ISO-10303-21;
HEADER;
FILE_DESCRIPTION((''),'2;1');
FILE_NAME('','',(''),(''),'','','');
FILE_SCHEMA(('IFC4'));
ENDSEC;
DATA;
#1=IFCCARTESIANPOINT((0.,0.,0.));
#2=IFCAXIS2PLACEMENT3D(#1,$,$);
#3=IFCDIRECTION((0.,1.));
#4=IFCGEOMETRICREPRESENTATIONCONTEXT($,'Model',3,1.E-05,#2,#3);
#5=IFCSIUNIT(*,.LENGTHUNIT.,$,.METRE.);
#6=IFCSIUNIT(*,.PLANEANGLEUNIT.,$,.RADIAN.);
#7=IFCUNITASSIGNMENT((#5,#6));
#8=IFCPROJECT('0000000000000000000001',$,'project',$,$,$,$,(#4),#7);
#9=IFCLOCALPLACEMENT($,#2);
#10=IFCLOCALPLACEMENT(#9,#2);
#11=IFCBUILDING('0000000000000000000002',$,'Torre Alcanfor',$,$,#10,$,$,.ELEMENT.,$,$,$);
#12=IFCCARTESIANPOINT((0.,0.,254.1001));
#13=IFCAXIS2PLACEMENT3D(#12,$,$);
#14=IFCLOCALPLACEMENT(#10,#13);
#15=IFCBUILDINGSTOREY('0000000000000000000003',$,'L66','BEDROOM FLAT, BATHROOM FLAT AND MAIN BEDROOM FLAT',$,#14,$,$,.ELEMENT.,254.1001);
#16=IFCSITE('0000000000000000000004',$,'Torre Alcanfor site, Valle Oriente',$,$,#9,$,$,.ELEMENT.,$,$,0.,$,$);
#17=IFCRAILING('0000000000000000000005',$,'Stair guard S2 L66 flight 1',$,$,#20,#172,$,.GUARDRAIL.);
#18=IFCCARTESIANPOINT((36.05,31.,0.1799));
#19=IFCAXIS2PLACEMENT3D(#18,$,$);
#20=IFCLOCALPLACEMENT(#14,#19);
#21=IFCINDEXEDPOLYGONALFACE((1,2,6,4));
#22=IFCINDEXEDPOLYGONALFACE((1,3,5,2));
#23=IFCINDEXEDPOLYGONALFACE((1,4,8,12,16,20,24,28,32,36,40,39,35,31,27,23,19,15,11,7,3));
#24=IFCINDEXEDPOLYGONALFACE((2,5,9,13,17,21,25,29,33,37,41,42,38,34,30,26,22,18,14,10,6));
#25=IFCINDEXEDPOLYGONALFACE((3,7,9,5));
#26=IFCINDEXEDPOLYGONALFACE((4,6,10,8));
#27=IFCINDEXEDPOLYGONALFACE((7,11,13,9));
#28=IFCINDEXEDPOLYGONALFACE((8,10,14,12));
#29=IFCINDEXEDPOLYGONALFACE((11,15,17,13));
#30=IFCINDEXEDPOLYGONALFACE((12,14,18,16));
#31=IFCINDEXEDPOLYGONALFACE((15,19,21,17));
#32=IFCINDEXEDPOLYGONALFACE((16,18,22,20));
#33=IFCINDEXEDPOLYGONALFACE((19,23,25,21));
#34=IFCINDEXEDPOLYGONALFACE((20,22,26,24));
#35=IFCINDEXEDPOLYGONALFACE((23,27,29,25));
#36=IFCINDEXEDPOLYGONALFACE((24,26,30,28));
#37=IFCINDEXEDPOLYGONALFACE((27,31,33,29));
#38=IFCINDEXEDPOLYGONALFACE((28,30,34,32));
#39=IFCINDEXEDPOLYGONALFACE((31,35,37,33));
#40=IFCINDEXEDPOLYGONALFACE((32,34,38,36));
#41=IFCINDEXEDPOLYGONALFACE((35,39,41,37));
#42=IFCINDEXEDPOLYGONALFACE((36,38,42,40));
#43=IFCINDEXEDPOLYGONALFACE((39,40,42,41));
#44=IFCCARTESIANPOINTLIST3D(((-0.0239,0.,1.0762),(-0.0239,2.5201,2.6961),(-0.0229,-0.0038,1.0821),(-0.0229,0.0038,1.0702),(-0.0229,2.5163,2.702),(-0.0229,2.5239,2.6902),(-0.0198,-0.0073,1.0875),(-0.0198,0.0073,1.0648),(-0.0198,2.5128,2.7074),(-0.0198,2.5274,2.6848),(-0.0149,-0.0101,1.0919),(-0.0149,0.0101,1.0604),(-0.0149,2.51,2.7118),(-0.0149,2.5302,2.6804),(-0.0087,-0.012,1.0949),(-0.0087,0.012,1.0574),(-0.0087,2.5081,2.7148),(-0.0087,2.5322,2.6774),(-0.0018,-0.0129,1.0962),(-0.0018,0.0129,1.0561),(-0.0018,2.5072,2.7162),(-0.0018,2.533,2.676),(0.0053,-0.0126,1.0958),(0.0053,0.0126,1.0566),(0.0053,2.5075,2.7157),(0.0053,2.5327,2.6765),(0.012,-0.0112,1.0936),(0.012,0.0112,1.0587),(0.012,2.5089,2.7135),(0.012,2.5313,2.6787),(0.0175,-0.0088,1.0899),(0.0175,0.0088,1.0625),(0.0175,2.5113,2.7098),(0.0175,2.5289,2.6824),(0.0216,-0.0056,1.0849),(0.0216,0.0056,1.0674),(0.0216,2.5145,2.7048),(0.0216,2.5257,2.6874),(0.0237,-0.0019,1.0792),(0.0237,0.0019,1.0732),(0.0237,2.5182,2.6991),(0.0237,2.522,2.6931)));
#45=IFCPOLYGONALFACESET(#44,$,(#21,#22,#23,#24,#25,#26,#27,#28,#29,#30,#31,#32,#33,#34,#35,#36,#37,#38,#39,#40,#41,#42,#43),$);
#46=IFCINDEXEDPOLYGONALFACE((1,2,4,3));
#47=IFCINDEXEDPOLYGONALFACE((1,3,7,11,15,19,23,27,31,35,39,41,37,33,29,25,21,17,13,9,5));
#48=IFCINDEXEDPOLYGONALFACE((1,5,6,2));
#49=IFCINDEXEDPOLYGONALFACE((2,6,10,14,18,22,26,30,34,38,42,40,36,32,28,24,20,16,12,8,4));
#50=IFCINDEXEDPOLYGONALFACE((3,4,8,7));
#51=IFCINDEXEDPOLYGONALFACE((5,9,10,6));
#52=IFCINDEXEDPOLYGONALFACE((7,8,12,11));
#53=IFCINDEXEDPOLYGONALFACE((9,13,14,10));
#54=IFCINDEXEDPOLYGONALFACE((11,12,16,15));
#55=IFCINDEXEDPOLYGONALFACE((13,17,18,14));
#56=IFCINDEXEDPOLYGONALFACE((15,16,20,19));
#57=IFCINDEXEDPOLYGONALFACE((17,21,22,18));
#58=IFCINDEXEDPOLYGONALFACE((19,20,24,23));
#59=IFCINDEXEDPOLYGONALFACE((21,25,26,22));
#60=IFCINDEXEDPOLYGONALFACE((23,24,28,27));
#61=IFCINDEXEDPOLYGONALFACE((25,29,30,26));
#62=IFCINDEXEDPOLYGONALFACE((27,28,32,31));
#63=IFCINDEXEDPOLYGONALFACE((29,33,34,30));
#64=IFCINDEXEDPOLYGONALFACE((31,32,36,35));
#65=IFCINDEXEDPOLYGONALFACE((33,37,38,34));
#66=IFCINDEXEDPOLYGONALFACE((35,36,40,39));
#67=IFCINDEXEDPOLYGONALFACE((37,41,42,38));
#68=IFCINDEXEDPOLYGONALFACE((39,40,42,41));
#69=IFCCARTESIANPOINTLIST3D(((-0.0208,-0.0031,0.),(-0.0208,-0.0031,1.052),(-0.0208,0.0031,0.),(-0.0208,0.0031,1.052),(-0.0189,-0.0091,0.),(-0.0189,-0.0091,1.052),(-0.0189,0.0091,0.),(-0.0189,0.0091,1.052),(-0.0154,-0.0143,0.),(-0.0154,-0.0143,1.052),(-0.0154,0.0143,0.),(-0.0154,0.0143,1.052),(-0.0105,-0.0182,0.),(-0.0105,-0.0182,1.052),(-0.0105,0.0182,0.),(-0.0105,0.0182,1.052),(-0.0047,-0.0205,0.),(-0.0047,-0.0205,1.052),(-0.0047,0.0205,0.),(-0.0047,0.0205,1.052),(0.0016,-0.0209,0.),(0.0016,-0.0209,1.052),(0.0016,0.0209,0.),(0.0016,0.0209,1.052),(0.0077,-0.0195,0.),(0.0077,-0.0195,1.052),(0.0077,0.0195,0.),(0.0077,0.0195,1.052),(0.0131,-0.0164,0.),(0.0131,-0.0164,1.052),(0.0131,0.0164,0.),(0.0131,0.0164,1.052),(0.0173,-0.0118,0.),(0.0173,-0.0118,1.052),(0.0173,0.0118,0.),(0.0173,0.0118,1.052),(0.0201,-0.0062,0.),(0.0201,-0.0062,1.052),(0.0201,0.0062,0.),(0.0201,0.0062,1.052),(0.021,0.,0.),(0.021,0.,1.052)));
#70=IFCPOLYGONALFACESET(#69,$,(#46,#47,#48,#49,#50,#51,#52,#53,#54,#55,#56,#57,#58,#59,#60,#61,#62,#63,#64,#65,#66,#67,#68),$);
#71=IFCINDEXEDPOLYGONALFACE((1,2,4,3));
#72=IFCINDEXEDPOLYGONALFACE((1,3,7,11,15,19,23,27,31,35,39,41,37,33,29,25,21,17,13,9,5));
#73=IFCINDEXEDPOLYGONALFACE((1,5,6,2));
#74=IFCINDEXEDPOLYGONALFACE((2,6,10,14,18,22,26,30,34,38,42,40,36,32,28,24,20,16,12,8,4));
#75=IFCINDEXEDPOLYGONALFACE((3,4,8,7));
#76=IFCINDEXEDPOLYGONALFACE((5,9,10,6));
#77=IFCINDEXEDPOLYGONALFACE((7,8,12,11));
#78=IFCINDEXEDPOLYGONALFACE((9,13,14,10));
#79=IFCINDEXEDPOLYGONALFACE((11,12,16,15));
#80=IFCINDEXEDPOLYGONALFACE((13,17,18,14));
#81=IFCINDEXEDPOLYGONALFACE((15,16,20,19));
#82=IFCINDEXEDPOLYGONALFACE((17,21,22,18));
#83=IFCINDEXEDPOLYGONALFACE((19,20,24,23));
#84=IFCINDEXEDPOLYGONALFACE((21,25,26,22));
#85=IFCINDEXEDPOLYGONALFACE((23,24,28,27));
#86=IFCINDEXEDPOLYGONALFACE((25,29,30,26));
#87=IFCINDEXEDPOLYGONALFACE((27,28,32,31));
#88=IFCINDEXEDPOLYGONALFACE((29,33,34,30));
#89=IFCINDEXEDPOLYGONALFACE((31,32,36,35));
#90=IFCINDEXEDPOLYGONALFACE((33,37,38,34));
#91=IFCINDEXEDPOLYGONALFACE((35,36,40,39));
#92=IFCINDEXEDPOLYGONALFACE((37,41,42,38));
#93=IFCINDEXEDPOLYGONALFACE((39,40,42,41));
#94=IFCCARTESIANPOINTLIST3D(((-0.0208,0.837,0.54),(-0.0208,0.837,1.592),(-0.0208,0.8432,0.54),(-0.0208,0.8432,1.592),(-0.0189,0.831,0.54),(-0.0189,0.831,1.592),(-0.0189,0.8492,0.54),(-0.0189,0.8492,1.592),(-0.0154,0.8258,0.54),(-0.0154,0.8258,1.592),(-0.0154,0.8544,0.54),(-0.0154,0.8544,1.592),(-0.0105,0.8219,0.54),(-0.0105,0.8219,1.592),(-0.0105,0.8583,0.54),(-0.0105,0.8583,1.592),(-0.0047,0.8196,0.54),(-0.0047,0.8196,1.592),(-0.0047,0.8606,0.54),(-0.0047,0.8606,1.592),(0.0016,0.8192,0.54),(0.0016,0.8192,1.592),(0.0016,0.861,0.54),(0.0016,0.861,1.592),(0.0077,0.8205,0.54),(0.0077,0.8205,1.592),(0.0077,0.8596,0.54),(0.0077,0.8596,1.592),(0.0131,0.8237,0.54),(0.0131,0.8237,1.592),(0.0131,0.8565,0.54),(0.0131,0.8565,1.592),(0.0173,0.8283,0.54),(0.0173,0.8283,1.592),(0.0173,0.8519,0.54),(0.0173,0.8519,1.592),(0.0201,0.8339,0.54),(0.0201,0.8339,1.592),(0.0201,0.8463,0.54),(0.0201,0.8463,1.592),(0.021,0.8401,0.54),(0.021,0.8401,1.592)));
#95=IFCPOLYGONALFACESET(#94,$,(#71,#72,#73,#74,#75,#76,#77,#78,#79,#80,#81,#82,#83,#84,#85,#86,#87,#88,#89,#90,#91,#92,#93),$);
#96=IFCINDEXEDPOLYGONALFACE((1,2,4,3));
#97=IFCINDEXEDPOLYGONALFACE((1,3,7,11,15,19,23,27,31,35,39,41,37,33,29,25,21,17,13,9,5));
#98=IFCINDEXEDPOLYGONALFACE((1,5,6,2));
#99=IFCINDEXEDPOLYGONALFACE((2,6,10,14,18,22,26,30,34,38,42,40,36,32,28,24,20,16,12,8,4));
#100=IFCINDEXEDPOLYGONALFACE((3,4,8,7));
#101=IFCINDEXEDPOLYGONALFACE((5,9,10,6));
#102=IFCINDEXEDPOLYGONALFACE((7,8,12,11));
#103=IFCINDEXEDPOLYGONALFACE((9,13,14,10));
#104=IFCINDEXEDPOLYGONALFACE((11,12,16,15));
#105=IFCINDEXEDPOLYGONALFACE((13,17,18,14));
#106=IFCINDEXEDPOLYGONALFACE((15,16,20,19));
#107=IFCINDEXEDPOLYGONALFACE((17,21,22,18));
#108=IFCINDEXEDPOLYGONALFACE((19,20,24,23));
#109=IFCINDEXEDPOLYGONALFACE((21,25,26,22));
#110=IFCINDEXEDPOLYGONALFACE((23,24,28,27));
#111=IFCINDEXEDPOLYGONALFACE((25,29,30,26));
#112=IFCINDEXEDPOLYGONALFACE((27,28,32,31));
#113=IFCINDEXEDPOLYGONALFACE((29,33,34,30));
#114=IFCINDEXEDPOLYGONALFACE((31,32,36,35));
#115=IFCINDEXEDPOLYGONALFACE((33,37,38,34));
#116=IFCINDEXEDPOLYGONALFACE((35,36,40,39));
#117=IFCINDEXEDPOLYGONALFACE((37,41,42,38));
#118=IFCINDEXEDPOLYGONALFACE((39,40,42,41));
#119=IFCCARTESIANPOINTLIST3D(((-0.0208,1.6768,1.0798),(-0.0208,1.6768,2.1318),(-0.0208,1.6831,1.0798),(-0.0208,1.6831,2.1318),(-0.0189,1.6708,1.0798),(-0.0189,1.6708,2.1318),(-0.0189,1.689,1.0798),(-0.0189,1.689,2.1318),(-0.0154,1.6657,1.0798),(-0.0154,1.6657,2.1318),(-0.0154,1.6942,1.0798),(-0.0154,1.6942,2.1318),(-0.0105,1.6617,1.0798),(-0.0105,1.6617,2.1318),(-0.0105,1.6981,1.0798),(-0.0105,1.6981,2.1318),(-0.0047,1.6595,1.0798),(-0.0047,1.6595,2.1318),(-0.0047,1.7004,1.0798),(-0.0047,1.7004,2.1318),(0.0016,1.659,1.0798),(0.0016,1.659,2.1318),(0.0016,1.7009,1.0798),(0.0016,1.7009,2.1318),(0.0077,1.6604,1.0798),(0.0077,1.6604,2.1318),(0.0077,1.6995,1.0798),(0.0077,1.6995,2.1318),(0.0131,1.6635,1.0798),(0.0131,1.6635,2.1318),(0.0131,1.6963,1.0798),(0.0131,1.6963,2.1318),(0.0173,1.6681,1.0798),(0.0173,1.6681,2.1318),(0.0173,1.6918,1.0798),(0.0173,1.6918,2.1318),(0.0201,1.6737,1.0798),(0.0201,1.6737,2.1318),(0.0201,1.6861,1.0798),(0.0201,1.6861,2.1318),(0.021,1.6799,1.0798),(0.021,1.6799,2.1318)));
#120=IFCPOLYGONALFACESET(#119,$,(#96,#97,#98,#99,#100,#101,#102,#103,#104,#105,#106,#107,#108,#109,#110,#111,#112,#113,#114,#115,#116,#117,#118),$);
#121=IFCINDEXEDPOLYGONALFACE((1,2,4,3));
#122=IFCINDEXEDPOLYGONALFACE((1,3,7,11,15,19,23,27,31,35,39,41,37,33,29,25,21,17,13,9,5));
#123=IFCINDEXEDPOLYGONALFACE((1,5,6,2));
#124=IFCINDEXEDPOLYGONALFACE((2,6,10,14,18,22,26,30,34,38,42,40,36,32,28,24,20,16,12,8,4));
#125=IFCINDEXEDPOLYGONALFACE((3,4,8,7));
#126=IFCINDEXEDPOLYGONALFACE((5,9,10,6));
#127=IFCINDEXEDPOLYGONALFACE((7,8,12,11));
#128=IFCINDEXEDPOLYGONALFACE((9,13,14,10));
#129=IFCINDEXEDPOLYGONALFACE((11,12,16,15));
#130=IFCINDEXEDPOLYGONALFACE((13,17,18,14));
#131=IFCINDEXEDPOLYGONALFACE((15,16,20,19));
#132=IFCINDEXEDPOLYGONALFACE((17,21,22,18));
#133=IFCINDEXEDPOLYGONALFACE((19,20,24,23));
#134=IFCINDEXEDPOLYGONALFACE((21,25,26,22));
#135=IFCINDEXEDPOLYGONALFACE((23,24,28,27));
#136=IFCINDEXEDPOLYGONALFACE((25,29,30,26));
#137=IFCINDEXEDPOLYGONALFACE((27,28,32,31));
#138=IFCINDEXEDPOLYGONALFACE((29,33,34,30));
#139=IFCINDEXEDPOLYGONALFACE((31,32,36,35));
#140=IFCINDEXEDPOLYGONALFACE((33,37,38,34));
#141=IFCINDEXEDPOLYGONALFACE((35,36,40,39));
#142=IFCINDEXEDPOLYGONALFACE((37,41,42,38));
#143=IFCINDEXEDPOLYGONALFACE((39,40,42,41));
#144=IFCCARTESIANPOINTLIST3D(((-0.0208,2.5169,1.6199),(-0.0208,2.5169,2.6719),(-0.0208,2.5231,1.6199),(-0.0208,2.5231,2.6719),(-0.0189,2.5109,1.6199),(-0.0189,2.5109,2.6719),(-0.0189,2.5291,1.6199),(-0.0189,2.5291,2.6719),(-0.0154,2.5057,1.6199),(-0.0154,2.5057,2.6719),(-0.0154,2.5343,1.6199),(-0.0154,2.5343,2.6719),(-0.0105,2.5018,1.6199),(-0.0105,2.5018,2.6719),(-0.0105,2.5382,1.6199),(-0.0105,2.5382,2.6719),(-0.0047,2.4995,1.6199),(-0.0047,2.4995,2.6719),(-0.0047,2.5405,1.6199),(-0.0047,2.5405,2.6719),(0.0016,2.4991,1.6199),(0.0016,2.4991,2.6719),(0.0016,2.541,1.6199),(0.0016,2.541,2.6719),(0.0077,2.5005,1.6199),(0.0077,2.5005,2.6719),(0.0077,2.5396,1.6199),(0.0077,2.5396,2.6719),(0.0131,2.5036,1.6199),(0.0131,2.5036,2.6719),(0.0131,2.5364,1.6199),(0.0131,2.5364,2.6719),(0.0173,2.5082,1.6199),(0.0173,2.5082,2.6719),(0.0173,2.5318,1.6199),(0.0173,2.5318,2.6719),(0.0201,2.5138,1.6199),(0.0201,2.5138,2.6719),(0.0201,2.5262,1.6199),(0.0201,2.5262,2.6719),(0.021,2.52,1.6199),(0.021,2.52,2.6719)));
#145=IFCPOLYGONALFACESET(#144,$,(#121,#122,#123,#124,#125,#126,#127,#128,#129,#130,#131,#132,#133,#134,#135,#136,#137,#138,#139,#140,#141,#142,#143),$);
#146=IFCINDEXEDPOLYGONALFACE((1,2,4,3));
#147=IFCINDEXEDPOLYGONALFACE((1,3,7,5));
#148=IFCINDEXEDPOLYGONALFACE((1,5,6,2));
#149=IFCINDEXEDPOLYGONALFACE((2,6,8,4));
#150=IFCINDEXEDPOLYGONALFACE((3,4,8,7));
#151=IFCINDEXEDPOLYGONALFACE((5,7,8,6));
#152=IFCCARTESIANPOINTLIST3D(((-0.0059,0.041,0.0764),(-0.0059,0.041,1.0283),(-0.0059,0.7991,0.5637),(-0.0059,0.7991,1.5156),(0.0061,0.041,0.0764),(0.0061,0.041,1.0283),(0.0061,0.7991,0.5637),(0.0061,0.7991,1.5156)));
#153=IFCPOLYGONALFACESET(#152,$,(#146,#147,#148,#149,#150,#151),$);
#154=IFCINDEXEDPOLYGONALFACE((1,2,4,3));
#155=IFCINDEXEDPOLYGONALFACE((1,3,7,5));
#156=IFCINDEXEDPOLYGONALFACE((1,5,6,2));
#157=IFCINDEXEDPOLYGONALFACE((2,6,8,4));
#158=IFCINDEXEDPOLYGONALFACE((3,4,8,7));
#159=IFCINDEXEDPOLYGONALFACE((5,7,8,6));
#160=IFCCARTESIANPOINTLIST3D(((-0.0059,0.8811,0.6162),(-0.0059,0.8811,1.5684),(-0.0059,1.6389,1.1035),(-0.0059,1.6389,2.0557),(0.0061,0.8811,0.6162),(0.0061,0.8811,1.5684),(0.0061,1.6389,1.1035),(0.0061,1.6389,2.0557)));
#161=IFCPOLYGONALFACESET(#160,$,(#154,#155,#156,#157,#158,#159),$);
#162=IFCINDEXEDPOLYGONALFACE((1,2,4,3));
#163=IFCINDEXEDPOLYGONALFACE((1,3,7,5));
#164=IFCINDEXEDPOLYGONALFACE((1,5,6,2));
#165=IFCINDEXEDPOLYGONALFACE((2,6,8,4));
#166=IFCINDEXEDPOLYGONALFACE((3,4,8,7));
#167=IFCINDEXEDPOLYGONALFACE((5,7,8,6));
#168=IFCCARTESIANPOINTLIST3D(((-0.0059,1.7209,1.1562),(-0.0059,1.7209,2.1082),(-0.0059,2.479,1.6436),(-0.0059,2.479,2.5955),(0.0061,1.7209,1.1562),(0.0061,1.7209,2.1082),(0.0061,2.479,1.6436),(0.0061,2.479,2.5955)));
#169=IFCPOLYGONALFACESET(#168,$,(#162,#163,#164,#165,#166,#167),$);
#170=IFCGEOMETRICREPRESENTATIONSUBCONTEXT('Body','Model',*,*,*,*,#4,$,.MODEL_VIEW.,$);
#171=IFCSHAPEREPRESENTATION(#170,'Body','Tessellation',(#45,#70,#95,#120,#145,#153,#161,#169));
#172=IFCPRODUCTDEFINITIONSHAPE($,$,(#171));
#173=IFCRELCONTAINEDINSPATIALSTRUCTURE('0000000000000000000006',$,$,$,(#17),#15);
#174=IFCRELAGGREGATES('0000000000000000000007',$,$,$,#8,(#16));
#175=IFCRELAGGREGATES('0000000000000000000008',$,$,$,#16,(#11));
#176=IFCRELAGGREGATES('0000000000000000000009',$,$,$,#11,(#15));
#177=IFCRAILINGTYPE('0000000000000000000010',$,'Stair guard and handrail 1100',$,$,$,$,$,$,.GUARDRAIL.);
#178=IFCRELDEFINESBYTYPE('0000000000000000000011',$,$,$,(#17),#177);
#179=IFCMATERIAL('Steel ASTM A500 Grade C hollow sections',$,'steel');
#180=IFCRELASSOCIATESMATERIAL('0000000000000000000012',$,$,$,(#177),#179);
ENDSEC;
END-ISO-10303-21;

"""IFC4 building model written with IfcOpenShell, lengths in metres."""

from ifc_helpers import new_model, si_unit, direction, frame, origin, origin_2d, place, context, subcontext, project, spatial, polyline, circle, outline, extrude, material, type_object, element, save


model = new_model("IFC4")

# Units and contexts
model_context = context("Model", 3, precision=1e-05, world=origin(), true_north=direction((0.0, 1.0)))
body_context = subcontext(model_context, "Body", "Model", "MODEL_VIEW")
ifc_project = project(units=[si_unit("LENGTHUNIT", "METRE"), si_unit("PLANEANGLEUNIT", "RADIAN")], contexts=[model_context])

# Site, building, storey
site_placement = place(None, origin())
site = spatial("IfcSite", under=ifc_project, at=site_placement, Name="Torre Alcanfor site, Valle Oriente", CompositionType="ELEMENT", RefElevation=0.0)
building_placement = place(site_placement, origin())
building = spatial("IfcBuilding", under=site, at=building_placement, Name="Torre Alcanfor", CompositionType="ELEMENT")
storey_placement = place(building_placement, frame((0.0, 0.0, 254.1001)))
storey = spatial("IfcBuildingStorey", under=building, at=storey_placement, Name="L66", Description="BEDROOM FLAT, BATHROOM FLAT AND MAIN BEDROOM FLAT", CompositionType="ELEMENT", Elevation=254.1001)

# Railing
ifc_material_1 = material(Name="Steel ASTM A500 Grade C hollow sections", Category="steel")
railing_type_1 = type_object("IfcRailingType", Name="Stair guard and handrail 1100", PredefinedType="GUARDRAIL", material=ifc_material_1)
railing_1_placement = place(storey_placement, frame((36.05, 31.0, 0.1799)))
element("IfcRailing", 1, at=railing_1_placement, inside=storey, type_object=railing_type_1, Name="Stair guard S2 L66 flight 1", PredefinedType="GUARDRAIL", context=body_context, shape_type="SweptSolid", body=[
    extrude(circle(Radius=0.0239, at=origin_2d()), frame((0.0, 0.0, 1.0762), z_axis=(0.0, 0.8412, 0.540725), x_axis=(-1.0, 0.0, 0.0)), (0.0, 0.0, 1.0), 2.9958),
    extrude(circle(Radius=0.021, at=origin_2d()), origin(), (0.0, 0.0, 1.0), 1.052),
    extrude(circle(Radius=0.021, at=origin_2d()), frame((0.0, 0.8401, 0.54)), (0.0, 0.0, 1.0), 1.052),
    extrude(circle(Radius=0.021, at=origin_2d()), frame((0.0, 1.6799, 1.0798)), (0.0, 0.0, 1.0), 1.052),
    extrude(circle(Radius=0.021, at=origin_2d()), frame((0.0, 2.52, 1.6199)), (0.0, 0.0, 1.0), 1.052),
    extrude(outline(polyline([(0.041, 0.0764), (0.7991, 0.5637), (0.7991, 1.5156), (0.041, 1.0283), (0.041, 0.0764)])), frame((-0.0059, 0.0, 0.0), z_axis=(1.0, 0.0, 0.0), x_axis=(0.0, 1.0, 0.0)), (0.0, 0.0, 1.0), 0.012),
    extrude(outline(polyline([(0.8811, 0.6162), (1.6389, 1.1035), (1.6389, 2.0557), (0.8811, 1.5684), (0.8811, 0.6162)])), frame((-0.0059, 0.0, 0.0), z_axis=(1.0, 0.0, 0.0), x_axis=(0.0, 1.0, 0.0)), (0.0, 0.0, 1.0), 0.012),
    extrude(outline(polyline([(1.7209, 1.1562), (2.479, 1.6436), (2.479, 2.5955), (1.7209, 2.1082), (1.7209, 1.1562)])), frame((-0.0059, 0.0, 0.0), z_axis=(1.0, 0.0, 0.0), x_axis=(0.0, 1.0, 0.0)), (0.0, 0.0, 1.0), 0.012),
])

save(model, "model.ifc")
